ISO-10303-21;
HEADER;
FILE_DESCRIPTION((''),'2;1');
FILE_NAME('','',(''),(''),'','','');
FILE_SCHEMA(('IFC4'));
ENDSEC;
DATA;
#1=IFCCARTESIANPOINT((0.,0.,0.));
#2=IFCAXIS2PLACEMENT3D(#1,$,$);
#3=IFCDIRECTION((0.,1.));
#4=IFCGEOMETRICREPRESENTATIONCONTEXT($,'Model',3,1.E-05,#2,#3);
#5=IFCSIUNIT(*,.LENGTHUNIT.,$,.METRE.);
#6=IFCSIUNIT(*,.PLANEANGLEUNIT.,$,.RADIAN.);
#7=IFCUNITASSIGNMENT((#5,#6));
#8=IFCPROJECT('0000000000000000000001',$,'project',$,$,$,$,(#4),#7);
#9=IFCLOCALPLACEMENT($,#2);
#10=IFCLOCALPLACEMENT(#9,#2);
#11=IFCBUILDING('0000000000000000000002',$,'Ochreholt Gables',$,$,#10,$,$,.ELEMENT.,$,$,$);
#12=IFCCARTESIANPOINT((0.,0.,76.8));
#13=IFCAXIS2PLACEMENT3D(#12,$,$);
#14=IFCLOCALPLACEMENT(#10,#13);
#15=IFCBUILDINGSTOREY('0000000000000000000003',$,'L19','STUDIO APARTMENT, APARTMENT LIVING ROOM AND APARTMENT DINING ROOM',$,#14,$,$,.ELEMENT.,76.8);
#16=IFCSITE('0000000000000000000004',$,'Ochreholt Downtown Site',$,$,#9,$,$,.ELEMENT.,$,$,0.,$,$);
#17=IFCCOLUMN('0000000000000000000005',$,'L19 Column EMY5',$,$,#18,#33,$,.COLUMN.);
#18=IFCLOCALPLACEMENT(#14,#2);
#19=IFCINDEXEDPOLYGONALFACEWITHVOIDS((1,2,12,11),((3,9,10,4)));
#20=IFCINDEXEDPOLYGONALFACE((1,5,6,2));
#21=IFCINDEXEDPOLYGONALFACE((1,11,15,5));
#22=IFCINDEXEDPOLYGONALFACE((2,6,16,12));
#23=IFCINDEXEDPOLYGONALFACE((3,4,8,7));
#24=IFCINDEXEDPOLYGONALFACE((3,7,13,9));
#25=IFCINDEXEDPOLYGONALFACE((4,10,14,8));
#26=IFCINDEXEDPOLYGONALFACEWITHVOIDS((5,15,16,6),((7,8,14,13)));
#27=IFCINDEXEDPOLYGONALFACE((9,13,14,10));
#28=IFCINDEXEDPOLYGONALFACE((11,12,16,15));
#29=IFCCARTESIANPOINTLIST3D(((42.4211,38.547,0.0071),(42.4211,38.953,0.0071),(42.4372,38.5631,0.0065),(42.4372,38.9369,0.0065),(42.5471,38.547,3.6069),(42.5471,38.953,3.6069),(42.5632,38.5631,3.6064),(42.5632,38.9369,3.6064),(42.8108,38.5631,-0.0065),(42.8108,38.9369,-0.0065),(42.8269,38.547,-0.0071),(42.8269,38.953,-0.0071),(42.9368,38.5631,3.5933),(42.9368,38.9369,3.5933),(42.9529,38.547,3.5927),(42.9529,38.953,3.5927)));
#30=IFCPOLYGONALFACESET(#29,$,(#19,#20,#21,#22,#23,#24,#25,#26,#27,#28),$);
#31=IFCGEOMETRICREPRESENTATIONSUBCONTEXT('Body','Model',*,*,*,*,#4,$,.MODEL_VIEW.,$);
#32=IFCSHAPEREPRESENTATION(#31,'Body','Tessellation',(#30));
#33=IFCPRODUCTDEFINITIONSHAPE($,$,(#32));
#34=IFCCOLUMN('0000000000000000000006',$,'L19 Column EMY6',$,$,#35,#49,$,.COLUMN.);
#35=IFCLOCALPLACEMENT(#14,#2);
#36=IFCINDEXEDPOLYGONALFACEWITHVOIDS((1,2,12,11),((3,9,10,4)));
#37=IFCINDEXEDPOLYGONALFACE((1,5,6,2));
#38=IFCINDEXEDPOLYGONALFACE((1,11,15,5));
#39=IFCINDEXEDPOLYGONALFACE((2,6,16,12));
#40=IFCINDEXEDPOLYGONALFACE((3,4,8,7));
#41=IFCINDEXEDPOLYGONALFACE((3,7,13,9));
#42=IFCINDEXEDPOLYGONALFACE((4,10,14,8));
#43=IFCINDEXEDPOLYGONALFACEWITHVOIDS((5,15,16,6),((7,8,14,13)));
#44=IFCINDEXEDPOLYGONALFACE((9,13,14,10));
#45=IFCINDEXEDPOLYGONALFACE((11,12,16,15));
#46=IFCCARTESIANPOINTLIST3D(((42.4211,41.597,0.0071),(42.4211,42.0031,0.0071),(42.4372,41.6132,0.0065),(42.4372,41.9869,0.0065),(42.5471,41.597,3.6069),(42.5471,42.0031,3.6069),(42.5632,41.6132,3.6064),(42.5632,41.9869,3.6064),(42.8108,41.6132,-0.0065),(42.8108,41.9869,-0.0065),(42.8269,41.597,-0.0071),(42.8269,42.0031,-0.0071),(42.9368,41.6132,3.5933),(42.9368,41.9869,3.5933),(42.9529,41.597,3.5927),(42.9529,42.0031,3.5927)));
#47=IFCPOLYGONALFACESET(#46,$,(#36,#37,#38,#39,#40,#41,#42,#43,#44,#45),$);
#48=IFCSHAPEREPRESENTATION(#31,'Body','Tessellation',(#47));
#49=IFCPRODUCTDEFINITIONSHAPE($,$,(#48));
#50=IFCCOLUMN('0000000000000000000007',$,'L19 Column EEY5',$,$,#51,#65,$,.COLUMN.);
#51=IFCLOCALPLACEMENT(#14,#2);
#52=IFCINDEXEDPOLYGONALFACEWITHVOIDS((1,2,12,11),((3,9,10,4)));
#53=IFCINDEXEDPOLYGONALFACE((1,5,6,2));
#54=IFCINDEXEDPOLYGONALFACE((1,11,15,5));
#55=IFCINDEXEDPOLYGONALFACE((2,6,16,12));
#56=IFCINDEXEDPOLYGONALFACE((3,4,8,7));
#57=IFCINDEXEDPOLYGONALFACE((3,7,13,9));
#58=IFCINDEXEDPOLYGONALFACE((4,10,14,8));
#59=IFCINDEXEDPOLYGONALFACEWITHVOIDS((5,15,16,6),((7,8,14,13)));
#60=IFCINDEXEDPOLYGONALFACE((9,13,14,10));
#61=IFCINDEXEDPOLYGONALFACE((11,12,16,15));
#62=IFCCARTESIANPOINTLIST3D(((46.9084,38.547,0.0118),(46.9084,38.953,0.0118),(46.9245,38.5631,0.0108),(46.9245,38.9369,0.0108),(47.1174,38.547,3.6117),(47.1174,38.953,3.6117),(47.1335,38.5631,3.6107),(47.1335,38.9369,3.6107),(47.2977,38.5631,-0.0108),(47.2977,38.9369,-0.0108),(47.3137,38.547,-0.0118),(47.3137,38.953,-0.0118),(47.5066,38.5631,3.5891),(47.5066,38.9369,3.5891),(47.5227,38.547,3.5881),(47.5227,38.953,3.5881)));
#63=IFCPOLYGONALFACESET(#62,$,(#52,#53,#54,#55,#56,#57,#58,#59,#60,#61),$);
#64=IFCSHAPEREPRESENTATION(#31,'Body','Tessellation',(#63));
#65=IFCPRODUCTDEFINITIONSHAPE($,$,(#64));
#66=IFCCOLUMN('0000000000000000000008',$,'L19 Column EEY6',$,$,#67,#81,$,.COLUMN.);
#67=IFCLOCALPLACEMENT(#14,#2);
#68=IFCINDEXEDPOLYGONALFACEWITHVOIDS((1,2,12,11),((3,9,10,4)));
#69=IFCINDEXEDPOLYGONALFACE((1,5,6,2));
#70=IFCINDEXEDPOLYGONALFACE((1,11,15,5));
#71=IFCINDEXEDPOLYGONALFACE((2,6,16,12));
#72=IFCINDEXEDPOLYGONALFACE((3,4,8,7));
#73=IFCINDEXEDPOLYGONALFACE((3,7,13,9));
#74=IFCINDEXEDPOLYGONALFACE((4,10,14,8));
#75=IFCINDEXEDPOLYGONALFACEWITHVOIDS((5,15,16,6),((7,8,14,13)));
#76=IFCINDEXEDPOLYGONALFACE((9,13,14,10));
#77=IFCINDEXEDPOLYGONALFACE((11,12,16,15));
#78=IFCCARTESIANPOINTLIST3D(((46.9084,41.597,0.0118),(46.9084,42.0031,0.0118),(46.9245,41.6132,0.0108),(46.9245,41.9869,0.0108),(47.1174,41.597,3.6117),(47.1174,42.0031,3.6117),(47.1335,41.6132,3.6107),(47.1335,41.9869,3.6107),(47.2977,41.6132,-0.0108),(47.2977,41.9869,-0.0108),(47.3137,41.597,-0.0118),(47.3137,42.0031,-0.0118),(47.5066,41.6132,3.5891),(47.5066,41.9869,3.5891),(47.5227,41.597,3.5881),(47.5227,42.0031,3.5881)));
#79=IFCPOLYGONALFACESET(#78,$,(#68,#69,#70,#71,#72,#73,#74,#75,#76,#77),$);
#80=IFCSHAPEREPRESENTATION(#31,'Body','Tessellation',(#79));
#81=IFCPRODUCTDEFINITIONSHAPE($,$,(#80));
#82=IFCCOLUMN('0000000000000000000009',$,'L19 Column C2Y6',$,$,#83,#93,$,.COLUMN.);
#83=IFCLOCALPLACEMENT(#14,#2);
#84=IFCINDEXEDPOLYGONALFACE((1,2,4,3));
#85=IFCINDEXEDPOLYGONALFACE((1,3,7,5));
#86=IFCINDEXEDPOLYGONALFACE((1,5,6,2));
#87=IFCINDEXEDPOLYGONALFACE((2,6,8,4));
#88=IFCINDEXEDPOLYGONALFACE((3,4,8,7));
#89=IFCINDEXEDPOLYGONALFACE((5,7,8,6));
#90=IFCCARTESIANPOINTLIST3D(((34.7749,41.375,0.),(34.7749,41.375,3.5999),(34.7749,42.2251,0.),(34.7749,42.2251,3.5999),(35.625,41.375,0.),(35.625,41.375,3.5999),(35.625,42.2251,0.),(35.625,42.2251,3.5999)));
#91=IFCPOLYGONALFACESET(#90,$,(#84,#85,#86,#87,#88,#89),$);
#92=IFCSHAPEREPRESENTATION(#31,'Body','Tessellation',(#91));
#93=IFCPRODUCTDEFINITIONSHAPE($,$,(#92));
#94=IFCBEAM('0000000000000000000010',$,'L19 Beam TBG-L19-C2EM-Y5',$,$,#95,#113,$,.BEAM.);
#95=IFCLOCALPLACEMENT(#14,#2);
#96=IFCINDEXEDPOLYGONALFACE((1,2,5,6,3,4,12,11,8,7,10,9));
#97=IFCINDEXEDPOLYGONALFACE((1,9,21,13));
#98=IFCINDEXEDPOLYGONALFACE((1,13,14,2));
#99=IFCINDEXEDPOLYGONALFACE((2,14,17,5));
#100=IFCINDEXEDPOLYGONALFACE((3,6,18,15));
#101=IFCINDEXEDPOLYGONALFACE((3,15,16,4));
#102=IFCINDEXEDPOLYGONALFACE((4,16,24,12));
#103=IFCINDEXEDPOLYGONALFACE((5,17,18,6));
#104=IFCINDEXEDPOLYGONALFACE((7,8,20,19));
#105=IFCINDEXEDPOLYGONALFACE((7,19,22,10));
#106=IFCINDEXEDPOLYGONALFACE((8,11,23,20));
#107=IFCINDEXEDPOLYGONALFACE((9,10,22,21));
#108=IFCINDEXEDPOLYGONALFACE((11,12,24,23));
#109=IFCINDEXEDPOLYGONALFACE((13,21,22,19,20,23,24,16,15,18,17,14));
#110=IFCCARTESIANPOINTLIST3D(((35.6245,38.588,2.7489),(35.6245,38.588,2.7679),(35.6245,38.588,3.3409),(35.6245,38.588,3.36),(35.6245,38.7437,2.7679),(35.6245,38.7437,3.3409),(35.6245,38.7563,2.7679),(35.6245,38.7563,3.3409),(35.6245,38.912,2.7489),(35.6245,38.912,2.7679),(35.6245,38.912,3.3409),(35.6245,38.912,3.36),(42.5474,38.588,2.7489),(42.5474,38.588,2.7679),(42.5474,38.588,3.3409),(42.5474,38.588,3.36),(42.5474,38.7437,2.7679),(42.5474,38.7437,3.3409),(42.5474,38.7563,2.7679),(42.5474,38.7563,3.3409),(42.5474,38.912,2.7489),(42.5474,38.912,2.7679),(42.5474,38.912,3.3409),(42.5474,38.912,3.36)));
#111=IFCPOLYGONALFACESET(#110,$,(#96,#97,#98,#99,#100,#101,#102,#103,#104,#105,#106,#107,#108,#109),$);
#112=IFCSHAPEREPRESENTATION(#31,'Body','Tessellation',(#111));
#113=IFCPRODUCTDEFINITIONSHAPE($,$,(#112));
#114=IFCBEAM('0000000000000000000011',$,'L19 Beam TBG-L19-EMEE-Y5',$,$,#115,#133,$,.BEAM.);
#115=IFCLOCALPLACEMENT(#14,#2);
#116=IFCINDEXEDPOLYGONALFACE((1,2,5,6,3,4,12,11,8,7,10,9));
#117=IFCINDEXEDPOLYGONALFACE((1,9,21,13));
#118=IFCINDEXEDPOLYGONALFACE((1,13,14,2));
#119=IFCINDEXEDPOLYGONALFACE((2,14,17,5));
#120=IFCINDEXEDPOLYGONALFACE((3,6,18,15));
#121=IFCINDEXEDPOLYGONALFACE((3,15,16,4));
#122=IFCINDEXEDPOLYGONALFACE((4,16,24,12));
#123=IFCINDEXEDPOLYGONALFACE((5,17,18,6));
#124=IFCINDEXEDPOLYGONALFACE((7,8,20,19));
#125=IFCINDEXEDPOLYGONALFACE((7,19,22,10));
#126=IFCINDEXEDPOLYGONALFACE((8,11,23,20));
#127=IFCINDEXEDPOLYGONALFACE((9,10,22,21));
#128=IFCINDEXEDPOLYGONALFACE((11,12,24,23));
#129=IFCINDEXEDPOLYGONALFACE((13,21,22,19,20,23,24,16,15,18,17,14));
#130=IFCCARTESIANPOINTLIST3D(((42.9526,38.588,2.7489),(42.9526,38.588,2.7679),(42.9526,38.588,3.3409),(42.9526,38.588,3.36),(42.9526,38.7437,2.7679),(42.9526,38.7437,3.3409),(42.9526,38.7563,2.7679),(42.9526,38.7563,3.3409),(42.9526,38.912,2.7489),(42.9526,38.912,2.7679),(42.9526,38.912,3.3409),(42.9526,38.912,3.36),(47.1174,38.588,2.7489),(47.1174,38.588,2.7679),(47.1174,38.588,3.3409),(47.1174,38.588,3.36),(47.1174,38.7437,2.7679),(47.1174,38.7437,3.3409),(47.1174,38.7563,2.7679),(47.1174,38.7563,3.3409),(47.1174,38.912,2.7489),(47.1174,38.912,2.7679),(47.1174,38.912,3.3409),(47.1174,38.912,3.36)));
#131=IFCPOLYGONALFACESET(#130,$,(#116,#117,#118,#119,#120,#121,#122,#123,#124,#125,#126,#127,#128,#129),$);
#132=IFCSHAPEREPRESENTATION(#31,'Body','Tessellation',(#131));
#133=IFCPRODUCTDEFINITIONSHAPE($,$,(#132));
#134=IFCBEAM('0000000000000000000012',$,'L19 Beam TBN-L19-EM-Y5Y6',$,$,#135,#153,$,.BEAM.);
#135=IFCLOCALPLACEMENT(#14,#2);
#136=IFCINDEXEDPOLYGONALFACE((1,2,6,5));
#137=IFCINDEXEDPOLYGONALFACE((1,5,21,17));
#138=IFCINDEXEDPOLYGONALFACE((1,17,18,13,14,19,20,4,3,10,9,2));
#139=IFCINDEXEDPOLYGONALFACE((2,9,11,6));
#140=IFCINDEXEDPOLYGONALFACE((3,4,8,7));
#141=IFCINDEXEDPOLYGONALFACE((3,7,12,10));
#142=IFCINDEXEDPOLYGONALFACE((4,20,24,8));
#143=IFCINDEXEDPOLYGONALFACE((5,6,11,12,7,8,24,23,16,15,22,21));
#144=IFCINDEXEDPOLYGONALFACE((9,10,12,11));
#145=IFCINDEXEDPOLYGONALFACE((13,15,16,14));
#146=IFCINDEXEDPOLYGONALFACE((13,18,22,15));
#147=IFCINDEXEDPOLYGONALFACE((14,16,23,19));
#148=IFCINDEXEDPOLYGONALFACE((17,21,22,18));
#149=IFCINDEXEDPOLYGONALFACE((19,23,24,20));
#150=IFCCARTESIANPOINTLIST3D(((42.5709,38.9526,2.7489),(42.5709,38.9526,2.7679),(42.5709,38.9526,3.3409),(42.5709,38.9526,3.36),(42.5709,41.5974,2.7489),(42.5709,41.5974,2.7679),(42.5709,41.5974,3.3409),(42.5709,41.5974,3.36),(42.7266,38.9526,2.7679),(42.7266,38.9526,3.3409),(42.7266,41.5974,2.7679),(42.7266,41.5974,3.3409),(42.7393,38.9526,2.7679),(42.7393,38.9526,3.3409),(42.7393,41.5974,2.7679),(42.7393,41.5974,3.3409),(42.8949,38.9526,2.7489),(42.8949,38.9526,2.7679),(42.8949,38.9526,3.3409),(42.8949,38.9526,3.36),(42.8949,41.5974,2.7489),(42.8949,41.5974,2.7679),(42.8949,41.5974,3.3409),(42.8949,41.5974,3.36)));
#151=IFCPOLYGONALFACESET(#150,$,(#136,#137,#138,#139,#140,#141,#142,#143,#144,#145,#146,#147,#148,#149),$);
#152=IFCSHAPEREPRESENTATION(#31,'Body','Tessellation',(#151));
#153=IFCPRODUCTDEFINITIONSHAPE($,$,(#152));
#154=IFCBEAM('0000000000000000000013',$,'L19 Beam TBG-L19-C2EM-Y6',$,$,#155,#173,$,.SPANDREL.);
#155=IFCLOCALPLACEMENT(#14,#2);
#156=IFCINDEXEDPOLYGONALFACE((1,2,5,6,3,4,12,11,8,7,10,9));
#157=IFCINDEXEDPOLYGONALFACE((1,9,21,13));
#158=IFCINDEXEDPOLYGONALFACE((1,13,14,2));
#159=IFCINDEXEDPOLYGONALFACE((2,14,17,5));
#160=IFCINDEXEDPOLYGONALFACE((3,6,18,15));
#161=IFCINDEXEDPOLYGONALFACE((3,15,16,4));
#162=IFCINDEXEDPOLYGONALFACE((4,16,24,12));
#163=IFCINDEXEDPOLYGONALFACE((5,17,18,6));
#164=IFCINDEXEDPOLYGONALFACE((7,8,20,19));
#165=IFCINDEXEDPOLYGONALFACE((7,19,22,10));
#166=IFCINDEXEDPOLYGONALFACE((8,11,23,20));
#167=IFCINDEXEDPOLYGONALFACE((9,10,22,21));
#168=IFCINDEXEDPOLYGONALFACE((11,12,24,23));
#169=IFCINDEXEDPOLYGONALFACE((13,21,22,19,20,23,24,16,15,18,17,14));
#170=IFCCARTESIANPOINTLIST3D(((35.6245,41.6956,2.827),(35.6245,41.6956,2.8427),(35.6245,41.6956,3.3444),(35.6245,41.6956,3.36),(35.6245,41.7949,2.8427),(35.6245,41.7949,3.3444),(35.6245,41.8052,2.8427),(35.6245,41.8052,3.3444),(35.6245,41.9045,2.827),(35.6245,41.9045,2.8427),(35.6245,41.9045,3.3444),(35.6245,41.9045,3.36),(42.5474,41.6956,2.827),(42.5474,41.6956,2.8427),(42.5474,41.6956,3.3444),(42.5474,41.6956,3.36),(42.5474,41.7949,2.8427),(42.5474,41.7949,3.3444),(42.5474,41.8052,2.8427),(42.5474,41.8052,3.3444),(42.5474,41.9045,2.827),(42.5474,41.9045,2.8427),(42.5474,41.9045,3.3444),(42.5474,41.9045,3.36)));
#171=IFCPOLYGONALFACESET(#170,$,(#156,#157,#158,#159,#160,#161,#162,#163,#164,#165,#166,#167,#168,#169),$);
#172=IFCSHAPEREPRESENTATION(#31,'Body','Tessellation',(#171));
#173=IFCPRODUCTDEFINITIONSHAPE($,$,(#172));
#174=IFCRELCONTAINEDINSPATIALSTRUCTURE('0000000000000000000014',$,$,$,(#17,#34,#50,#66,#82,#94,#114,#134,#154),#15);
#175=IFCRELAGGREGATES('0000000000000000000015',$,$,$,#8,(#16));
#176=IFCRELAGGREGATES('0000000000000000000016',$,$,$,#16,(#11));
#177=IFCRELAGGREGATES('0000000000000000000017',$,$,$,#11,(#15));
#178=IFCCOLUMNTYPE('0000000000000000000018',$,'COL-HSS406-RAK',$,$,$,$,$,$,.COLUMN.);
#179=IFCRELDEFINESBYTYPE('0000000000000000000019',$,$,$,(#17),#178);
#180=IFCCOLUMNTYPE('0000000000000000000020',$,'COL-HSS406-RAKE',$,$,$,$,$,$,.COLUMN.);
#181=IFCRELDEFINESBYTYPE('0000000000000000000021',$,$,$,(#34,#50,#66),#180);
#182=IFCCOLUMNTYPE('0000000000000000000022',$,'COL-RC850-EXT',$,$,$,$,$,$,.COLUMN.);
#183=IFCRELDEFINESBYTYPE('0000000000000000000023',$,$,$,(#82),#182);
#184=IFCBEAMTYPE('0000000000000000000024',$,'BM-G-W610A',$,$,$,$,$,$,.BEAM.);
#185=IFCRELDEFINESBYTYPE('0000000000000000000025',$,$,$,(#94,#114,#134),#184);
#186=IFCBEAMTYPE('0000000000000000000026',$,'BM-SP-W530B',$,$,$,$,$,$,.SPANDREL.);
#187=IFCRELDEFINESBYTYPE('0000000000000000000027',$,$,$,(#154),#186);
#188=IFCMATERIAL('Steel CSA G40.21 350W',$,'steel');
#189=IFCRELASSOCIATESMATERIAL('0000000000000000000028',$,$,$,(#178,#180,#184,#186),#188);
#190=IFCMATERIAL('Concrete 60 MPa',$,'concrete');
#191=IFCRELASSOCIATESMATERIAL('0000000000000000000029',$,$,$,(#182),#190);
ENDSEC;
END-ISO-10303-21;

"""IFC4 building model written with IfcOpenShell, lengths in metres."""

from ifc_helpers import new_model, si_unit, direction, frame, origin, origin_2d, place, context, subcontext, project, spatial, rectangle, hollow_rectangle, i_section, extrude, material, material_profile, profile_set, type_object, element, save


model = new_model("IFC4")

# Units and contexts
model_context = context("Model", 3, precision=1e-05, world=origin(), true_north=direction((0.0, 1.0)))
body_context = subcontext(model_context, "Body", "Model", "MODEL_VIEW")
ifc_project = project(units=[si_unit("LENGTHUNIT", "METRE"), si_unit("PLANEANGLEUNIT", "RADIAN")], contexts=[model_context])

# Site, building, storey
site_placement = place(None, origin())
site = spatial("IfcSite", under=ifc_project, at=site_placement, Name="Ochreholt Downtown Site", CompositionType="ELEMENT", RefElevation=0.0)
building_placement = place(site_placement, origin())
building = spatial("IfcBuilding", under=site, at=building_placement, Name="Ochreholt Gables", CompositionType="ELEMENT")
storey_placement = place(building_placement, frame((0.0, 0.0, 76.8)))
storey = spatial("IfcBuildingStorey", under=building, at=storey_placement, Name="L19", Description="STUDIO APARTMENT, APARTMENT LIVING ROOM AND APARTMENT DINING ROOM", CompositionType="ELEMENT", Elevation=76.8)

# Columns
ifc_material_1 = material(Name="Steel CSA G40.21 350W", Category="steel")
ifc_material_profile_1 = material_profile(ifc_material_1, hollow_rectangle(XDim=0.406, YDim=0.406, WallThickness=0.0161, at=origin_2d()), Name="HSS406X406X16")
ifc_profile_set_1 = profile_set([ifc_material_profile_1], Name="Steel CSA G40.21 350W")
column_type_1 = type_object("IfcColumnType", Name="COL-HSS406-RAK", PredefinedType="COLUMN", material=ifc_profile_set_1)
column_1_placement = place(storey_placement, frame((42.624, 38.75, 0.0), z_axis=(0.034974, 0.0, 0.999388), x_axis=(0.0, 1.0, 0.0)))
element("IfcColumn", 1, at=column_1_placement, inside=storey, type_object=column_type_1, Name="L19 Column EMY5", PredefinedType="COLUMN", context=body_context, shape_type="SweptSolid", body=[
    extrude(hollow_rectangle(XDim=0.406, YDim=0.406, WallThickness=0.0161, at=origin_2d()), origin(), (0.0, 0.0, 1.0), 3.6021),
])
ifc_material_profile_2 = material_profile(ifc_material_1, hollow_rectangle(XDim=0.406, YDim=0.406, WallThickness=0.0161, at=origin_2d()), Name="HSS406X406X16")
ifc_profile_set_2 = profile_set([ifc_material_profile_2], Name="Steel CSA G40.21 350W")
column_type_2 = type_object("IfcColumnType", Name="COL-HSS406-RAKE", PredefinedType="COLUMN", material=ifc_profile_set_2)
column_2_placement = place(storey_placement, frame((42.624, 41.8, 0.0), z_axis=(0.034974, 0.0, 0.999388), x_axis=(0.0, 1.0, 0.0)))
element("IfcColumn", 2, at=column_2_placement, inside=storey, type_object=column_type_2, Name="L19 Column EMY6", PredefinedType="COLUMN", context=body_context, shape_type="SweptSolid", body=[
    extrude(hollow_rectangle(XDim=0.406, YDim=0.406, WallThickness=0.0161, at=origin_2d()), origin(), (0.0, 0.0, 1.0), 3.6021),
])
for number, where, z_axis, x_axis, name in (
    (3, (47.1111, 38.75, 0.0), (0.057956, 0.0, 0.998319), (0.0, 1.0, 0.0), "L19 Column EEY5"),
    (4, (47.1111, 41.8, 0.0), (0.057956, 0.0, 0.998319), (0.0, 1.0, 0.0), "L19 Column EEY6"),
):
    element("IfcColumn", number, at=place(storey_placement, frame(where, z_axis=z_axis, x_axis=x_axis)), inside=storey, type_object=column_type_2, Name=name, PredefinedType="COLUMN", context=body_context, shape_type="SweptSolid", body=[
        extrude(hollow_rectangle(XDim=0.406, YDim=0.406, WallThickness=0.0161, at=origin_2d()), origin(), (0.0, 0.0, 1.0), 3.606),
    ])
ifc_material_2 = material(Name="Concrete 60 MPa", Category="concrete")
ifc_material_profile_3 = material_profile(ifc_material_2, rectangle(XDim=0.8501, YDim=0.8501, at=origin_2d()), Name="RC850X850")
ifc_profile_set_3 = profile_set([ifc_material_profile_3], Name="Concrete 60 MPa")
column_type_3 = type_object("IfcColumnType", Name="COL-RC850-EXT", PredefinedType="COLUMN", material=ifc_profile_set_3)
column_3_placement = place(storey_placement, frame((35.2, 41.8, 0.0), z_axis=(0.0, 0.0, 1.0), x_axis=(1.0, 0.0, 0.0)))
element("IfcColumn", 5, at=column_3_placement, inside=storey, type_object=column_type_3, Name="L19 Column C2Y6", PredefinedType="COLUMN", context=body_context, shape_type="SweptSolid", body=[
    extrude(rectangle(XDim=0.8501, YDim=0.8501, at=origin_2d()), origin(), (0.0, 0.0, 1.0), 3.5999),
])

# Beams
ifc_material_profile_4 = material_profile(ifc_material_1, i_section(OverallWidth=0.324, OverallDepth=0.6111, WebThickness=0.0127, FlangeThickness=0.019, at=origin_2d()), Name="W610X155")
ifc_profile_set_4 = profile_set([ifc_material_profile_4], Name="Steel CSA G40.21 350W")
beam_type_1 = type_object("IfcBeamType", Name="BM-G-W610A", PredefinedType="BEAM", material=ifc_profile_set_4)
beam_1_placement = place(storey_placement, frame((35.6245, 38.75, 3.0544), z_axis=(1.0, 0.0, 0.0), x_axis=(0.0, 1.0, 0.0)))
element("IfcBeam", 6, at=beam_1_placement, inside=storey, type_object=beam_type_1, Name="L19 Beam TBG-L19-C2EM-Y5", PredefinedType="BEAM", context=body_context, shape_type="SweptSolid", body=[
    extrude(i_section(OverallWidth=0.324, OverallDepth=0.6111, WebThickness=0.0127, FlangeThickness=0.019, at=origin_2d()), origin(), (0.0, 0.0, 1.0), 6.9229),
])
beam_2_placement = place(storey_placement, frame((42.9526, 38.75, 3.0544), z_axis=(1.0, 0.0, 0.0), x_axis=(0.0, 1.0, 0.0)))
element("IfcBeam", 7, at=beam_2_placement, inside=storey, type_object=beam_type_1, Name="L19 Beam TBG-L19-EMEE-Y5", PredefinedType="BEAM", context=body_context, shape_type="SweptSolid", body=[
    extrude(i_section(OverallWidth=0.324, OverallDepth=0.6111, WebThickness=0.0127, FlangeThickness=0.019, at=origin_2d()), origin(), (0.0, 0.0, 1.0), 4.1648),
])
beam_3_placement = place(storey_placement, frame((42.7329, 38.9526, 3.0544), z_axis=(0.0, 1.0, 0.0), x_axis=(-1.0, 0.0, 0.0)))
element("IfcBeam", 8, at=beam_3_placement, inside=storey, type_object=beam_type_1, Name="L19 Beam TBN-L19-EM-Y5Y6", PredefinedType="BEAM", context=body_context, shape_type="SweptSolid", body=[
    extrude(i_section(OverallWidth=0.324, OverallDepth=0.6111, WebThickness=0.0127, FlangeThickness=0.019, at=origin_2d()), origin(), (0.0, 0.0, 1.0), 2.6448),
])
ifc_material_profile_5 = material_profile(ifc_material_1, i_section(OverallWidth=0.209, OverallDepth=0.533, WebThickness=0.0103, FlangeThickness=0.0156, at=origin_2d()), Name="W530X92")
ifc_profile_set_5 = profile_set([ifc_material_profile_5], Name="Steel CSA G40.21 350W")
beam_type_2 = type_object("IfcBeamType", Name="BM-SP-W530B", PredefinedType="SPANDREL", material=ifc_profile_set_5)
beam_4_placement = place(storey_placement, frame((35.6245, 41.8, 3.0935), z_axis=(1.0, 0.0, 0.0), x_axis=(0.0, 1.0, 0.0)))
element("IfcBeam", 9, at=beam_4_placement, inside=storey, type_object=beam_type_2, Name="L19 Beam TBG-L19-C2EM-Y6", PredefinedType="SPANDREL", context=body_context, shape_type="SweptSolid", body=[
    extrude(i_section(OverallWidth=0.209, OverallDepth=0.533, WebThickness=0.0103, FlangeThickness=0.0156, at=origin_2d()), origin(), (0.0, 0.0, 1.0), 6.9229),
])

save(model, "model.ifc")
